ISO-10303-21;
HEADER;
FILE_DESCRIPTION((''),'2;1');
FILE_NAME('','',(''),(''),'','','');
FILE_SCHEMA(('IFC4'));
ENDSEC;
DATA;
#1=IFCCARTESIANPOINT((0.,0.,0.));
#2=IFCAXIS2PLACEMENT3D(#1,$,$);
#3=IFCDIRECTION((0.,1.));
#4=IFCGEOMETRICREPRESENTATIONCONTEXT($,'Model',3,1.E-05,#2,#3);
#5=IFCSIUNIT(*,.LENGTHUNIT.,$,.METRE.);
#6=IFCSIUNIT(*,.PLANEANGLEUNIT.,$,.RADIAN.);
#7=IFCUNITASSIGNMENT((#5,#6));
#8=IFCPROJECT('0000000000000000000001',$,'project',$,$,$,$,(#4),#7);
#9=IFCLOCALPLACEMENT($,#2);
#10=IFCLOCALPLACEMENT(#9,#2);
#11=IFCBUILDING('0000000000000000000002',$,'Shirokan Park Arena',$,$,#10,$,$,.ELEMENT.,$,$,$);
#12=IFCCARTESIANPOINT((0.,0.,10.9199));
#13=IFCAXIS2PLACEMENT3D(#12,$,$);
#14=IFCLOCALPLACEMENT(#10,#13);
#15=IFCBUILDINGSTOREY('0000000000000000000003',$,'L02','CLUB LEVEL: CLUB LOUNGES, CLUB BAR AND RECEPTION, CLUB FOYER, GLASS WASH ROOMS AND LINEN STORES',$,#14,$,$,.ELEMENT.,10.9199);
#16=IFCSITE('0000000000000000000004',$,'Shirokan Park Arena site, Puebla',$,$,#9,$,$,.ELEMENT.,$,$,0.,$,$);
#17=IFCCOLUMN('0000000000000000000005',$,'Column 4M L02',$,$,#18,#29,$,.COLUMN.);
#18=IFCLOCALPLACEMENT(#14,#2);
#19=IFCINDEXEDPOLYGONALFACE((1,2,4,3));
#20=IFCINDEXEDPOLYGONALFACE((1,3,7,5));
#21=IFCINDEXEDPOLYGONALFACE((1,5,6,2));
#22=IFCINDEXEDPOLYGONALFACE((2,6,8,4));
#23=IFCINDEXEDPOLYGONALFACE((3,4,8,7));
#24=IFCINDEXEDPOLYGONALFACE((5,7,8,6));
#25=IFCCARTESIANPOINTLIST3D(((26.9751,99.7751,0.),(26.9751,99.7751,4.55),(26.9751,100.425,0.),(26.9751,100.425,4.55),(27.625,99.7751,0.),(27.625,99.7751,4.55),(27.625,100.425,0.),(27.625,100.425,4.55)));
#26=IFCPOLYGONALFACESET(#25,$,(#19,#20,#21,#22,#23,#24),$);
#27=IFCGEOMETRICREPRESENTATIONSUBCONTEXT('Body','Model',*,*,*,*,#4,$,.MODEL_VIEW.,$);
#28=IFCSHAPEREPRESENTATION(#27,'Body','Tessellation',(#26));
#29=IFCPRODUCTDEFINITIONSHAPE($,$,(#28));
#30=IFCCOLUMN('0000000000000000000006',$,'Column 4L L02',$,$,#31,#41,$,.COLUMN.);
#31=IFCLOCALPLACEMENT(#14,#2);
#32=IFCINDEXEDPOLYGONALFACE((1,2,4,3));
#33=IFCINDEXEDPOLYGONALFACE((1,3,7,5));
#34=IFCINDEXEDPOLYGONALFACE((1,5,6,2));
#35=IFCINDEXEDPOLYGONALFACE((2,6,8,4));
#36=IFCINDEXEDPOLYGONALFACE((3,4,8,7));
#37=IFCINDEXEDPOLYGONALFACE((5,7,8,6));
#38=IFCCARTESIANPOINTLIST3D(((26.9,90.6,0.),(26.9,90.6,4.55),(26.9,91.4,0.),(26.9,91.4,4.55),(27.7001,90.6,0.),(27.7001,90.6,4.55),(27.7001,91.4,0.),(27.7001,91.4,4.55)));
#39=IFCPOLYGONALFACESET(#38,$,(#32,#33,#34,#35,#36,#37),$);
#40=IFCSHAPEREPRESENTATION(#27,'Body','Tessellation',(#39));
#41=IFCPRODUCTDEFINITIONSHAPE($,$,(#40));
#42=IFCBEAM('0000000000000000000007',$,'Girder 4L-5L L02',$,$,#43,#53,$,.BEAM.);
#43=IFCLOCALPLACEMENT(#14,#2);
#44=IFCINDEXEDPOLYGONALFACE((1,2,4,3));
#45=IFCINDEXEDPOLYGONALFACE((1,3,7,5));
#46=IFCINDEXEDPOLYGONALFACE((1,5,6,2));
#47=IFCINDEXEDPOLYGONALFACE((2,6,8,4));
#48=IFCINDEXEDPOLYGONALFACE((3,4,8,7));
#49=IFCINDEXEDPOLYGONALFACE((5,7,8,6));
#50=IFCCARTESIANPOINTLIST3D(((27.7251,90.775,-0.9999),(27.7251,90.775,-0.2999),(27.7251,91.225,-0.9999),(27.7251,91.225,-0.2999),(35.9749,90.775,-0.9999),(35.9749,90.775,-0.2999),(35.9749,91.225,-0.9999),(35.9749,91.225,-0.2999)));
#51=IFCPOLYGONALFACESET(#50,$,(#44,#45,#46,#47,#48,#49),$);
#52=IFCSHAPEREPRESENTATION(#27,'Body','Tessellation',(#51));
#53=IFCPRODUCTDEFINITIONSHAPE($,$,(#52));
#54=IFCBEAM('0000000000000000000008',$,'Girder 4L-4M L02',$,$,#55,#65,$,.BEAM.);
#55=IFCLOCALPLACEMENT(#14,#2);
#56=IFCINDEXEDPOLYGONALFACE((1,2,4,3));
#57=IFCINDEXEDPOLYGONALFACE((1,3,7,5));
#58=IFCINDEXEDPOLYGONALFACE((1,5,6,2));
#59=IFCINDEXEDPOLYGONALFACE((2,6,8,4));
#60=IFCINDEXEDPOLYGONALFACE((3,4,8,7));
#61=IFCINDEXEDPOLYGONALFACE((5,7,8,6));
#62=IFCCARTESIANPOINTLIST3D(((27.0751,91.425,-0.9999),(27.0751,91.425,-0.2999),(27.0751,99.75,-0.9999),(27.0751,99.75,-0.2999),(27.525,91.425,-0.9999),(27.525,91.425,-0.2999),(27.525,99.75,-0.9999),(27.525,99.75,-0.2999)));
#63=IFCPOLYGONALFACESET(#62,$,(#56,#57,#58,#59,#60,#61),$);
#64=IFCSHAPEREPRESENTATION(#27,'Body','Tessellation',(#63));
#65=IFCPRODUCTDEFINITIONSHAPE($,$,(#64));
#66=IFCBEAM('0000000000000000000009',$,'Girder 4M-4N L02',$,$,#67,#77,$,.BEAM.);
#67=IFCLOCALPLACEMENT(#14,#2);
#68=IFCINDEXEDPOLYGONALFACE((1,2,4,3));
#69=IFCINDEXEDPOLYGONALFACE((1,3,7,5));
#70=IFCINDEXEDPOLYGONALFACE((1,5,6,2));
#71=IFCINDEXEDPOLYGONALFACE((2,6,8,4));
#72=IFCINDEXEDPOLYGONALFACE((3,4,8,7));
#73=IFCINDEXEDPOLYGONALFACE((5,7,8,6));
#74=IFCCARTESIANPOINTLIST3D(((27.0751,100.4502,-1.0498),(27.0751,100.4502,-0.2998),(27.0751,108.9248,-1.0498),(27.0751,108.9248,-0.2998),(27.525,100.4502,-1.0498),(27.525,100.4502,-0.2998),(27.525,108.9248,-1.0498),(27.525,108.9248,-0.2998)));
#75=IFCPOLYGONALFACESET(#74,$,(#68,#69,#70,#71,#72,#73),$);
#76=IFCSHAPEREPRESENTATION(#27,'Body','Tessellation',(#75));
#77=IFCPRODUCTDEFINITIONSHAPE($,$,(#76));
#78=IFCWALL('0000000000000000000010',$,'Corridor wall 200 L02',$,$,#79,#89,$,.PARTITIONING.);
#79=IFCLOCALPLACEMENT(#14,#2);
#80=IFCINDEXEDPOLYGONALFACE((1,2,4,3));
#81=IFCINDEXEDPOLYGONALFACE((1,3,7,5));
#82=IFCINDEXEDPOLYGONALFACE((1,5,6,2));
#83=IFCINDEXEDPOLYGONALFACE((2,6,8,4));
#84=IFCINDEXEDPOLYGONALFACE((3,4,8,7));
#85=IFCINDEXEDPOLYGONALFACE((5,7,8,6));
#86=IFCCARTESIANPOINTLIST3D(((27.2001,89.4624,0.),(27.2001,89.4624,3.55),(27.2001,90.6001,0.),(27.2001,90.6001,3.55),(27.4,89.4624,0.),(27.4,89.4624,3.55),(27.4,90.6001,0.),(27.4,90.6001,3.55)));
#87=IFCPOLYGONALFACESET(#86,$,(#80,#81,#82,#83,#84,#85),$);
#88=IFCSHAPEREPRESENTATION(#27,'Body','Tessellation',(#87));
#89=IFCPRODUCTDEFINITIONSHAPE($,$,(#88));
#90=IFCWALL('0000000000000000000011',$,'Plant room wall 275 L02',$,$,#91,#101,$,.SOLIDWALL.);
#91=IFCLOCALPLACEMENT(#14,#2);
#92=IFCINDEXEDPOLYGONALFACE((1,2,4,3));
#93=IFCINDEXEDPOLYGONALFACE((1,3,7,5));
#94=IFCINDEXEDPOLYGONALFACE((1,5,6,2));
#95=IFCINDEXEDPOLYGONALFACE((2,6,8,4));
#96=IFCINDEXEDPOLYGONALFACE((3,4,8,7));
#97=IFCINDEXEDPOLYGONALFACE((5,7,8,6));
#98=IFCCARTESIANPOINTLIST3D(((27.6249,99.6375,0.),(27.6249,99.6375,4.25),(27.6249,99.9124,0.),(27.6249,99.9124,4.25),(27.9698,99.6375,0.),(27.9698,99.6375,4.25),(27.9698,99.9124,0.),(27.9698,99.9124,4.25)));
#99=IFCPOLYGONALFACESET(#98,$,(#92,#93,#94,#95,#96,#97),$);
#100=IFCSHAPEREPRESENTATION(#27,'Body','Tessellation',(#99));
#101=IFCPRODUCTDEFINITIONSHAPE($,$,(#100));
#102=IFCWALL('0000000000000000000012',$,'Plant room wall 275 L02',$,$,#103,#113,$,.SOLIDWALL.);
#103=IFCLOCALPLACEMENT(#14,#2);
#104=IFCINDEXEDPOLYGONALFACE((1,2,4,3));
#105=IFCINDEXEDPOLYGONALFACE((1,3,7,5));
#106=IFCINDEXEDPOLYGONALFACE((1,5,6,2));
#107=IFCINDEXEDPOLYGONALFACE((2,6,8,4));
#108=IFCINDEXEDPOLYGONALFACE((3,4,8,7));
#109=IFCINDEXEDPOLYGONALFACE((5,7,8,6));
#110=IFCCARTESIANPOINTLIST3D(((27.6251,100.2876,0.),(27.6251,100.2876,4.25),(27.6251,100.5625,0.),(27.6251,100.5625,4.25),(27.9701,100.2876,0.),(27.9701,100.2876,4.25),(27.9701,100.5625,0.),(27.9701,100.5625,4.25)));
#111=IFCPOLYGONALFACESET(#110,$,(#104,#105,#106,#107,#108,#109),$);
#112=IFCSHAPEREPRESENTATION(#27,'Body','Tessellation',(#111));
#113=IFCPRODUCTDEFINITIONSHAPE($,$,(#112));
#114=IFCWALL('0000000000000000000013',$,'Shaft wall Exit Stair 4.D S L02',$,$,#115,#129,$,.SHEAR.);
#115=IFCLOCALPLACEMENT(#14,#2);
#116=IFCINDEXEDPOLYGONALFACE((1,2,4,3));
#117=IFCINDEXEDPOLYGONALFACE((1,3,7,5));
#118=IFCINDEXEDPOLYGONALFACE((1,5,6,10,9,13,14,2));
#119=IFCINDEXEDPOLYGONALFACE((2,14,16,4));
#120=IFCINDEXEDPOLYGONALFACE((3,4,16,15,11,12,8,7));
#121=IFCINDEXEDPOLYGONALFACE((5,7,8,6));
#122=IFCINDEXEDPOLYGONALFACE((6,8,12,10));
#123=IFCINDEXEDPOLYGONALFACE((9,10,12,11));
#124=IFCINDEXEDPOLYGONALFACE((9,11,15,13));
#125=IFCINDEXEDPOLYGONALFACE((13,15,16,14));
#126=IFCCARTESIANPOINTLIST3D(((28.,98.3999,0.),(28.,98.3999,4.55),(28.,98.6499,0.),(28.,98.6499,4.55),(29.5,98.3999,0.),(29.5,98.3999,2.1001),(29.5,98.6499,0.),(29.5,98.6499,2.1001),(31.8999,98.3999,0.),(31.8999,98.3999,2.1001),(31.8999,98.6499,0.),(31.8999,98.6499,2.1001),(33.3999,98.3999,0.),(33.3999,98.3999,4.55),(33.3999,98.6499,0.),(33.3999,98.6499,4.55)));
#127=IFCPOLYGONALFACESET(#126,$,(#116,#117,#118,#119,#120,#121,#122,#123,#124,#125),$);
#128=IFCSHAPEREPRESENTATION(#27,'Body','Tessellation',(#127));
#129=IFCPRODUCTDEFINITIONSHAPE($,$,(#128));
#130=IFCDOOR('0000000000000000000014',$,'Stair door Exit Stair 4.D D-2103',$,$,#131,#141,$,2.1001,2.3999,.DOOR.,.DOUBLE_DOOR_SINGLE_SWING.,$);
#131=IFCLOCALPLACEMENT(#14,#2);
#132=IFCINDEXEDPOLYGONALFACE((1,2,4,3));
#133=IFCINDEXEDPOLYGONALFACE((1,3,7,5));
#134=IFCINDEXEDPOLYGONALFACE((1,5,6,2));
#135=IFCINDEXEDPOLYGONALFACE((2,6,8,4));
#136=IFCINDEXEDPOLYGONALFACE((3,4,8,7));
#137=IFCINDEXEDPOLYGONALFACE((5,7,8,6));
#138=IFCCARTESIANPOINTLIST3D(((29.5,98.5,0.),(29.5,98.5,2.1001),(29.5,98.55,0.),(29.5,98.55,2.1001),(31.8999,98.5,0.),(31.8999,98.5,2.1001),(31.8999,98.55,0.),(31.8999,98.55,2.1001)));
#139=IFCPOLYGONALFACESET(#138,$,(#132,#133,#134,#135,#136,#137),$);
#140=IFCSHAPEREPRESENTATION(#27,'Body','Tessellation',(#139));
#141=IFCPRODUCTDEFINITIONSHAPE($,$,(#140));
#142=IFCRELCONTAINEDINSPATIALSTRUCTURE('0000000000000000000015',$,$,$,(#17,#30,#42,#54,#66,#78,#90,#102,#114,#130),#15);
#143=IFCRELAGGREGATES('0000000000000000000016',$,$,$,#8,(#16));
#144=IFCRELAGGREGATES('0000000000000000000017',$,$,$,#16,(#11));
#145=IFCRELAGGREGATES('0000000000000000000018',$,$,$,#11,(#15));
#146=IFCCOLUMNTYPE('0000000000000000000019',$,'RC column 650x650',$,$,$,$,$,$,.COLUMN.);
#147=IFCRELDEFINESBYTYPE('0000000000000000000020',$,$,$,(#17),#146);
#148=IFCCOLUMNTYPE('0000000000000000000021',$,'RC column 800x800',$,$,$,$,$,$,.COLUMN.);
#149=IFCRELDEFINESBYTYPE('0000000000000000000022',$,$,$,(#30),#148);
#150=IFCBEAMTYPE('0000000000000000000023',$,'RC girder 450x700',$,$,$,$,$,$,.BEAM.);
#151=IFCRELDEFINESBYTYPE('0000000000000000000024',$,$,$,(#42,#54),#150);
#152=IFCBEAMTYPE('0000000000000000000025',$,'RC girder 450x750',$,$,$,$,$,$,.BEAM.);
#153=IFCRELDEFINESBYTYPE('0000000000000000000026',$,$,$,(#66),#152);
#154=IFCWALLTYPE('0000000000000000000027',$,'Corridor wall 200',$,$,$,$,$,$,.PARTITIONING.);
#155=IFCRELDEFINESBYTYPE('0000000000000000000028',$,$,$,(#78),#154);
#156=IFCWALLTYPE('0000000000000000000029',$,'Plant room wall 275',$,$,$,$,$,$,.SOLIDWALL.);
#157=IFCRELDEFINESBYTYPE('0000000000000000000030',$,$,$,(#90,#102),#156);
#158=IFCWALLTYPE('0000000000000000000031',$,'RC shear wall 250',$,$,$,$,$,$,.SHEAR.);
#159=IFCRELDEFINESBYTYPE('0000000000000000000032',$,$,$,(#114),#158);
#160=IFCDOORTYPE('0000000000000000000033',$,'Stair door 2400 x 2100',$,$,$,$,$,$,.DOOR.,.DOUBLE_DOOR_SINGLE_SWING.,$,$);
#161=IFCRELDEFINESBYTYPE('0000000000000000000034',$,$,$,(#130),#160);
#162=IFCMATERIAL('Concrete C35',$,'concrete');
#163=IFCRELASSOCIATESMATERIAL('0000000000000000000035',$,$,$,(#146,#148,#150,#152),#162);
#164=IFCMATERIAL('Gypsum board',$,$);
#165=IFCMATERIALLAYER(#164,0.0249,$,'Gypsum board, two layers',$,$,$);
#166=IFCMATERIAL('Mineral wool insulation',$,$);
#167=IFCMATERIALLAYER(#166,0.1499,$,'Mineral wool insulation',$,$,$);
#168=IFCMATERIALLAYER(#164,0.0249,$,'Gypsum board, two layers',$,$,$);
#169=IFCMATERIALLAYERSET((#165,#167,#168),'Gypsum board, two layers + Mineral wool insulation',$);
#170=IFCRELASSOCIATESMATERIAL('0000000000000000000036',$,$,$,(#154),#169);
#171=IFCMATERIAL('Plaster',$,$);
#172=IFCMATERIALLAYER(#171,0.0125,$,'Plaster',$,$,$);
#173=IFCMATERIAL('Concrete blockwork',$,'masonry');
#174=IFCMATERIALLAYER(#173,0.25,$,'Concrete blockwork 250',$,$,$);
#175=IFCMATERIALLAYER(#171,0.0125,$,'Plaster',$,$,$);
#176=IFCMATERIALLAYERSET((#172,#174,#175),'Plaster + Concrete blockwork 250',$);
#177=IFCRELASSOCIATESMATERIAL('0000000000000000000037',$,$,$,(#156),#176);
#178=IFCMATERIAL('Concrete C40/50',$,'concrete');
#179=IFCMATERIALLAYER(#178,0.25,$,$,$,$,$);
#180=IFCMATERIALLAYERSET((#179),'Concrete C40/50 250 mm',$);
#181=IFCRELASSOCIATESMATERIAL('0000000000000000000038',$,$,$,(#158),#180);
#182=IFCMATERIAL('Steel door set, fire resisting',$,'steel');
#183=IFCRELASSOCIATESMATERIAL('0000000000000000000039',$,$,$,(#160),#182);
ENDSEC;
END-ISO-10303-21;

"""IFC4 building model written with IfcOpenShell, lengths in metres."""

from ifc_helpers import new_model, si_unit, direction, frame, frame_2d, origin, origin_2d, place, context, subcontext, project, spatial, rectangle, extrude, material, layer, layer_set, material_profile, profile_set, type_object, element, fill, save


model = new_model("IFC4")

# Units and contexts
model_context = context("Model", 3, precision=1e-05, world=origin(), true_north=direction((0.0, 1.0)))
body_context = subcontext(model_context, "Body", "Model", "MODEL_VIEW")
ifc_project = project(units=[si_unit("LENGTHUNIT", "METRE"), si_unit("PLANEANGLEUNIT", "RADIAN")], contexts=[model_context])

# Site, building, storey
site_placement = place(None, origin())
site = spatial("IfcSite", under=ifc_project, at=site_placement, Name="Shirokan Park Arena site, Puebla", CompositionType="ELEMENT", RefElevation=0.0)
building_placement = place(site_placement, origin())
building = spatial("IfcBuilding", under=site, at=building_placement, Name="Shirokan Park Arena", CompositionType="ELEMENT")
storey_placement = place(building_placement, frame((0.0, 0.0, 10.9199)))
storey = spatial("IfcBuildingStorey", under=building, at=storey_placement, Name="L02", Description="CLUB LEVEL: CLUB LOUNGES, CLUB BAR AND RECEPTION, CLUB FOYER, GLASS WASH ROOMS AND LINEN STORES", CompositionType="ELEMENT", Elevation=10.9199)

# Columns
ifc_material_1 = material(Name="Concrete C35", Category="concrete")
ifc_material_profile_1 = material_profile(ifc_material_1, rectangle(XDim=0.6499, YDim=0.6499, at=origin_2d()), Name="650x650")
ifc_profile_set_1 = profile_set([ifc_material_profile_1], Name="Concrete C35")
column_type_1 = type_object("IfcColumnType", Name="RC column 650x650", PredefinedType="COLUMN", material=ifc_profile_set_1)
column_1_placement = place(storey_placement, frame((27.3, 100.1001, 0.0), z_axis=(0.0, 0.0, 1.0), x_axis=(1.0, 0.0, 0.0)))
element("IfcColumn", 1, at=column_1_placement, inside=storey, type_object=column_type_1, Name="Column 4M L02", PredefinedType="COLUMN", context=body_context, shape_type="SweptSolid", body=[
    extrude(rectangle(XDim=0.6499, YDim=0.6499, at=origin_2d()), origin(), (0.0, 0.0, 1.0), 4.55),
])
ifc_material_profile_2 = material_profile(ifc_material_1, rectangle(XDim=0.8, YDim=0.8, at=origin_2d()), Name="800x800")
ifc_profile_set_2 = profile_set([ifc_material_profile_2], Name="Concrete C35")
column_type_2 = type_object("IfcColumnType", Name="RC column 800x800", PredefinedType="COLUMN", material=ifc_profile_set_2)
column_2_placement = place(storey_placement, frame((27.3, 91.0, 0.0), z_axis=(0.0, 0.0, 1.0), x_axis=(1.0, 0.0, 0.0)))
element("IfcColumn", 2, at=column_2_placement, inside=storey, type_object=column_type_2, Name="Column 4L L02", PredefinedType="COLUMN", context=body_context, shape_type="SweptSolid", body=[
    extrude(rectangle(XDim=0.8, YDim=0.8, at=origin_2d()), origin(), (0.0, 0.0, 1.0), 4.55),
])

# Beams
ifc_material_profile_3 = material_profile(ifc_material_1, rectangle(XDim=0.45, YDim=0.7, at=origin_2d()), Name="450x700")
ifc_profile_set_3 = profile_set([ifc_material_profile_3], Name="Concrete C35")
beam_type_1 = type_object("IfcBeamType", Name="RC girder 450x700", PredefinedType="BEAM", material=ifc_profile_set_3)
beam_1_placement = place(storey_placement, frame((27.7251, 91.0, -0.6499), z_axis=(1.0, 0.0, 0.0), x_axis=(0.0, 1.0, 0.0)))
element("IfcBeam", 3, at=beam_1_placement, inside=storey, type_object=beam_type_1, Name="Girder 4L-5L L02", PredefinedType="BEAM", context=body_context, shape_type="SweptSolid", body=[
    extrude(rectangle(XDim=0.45, YDim=0.7, at=origin_2d()), origin(), (0.0, 0.0, 1.0), 8.2498),
])
beam_2_placement = place(storey_placement, frame((27.3, 91.425, -0.6499), z_axis=(0.0, 1.0, 0.0), x_axis=(-1.0, 0.0, 0.0)))
element("IfcBeam", 4, at=beam_2_placement, inside=storey, type_object=beam_type_1, Name="Girder 4L-4M L02", PredefinedType="BEAM", context=body_context, shape_type="SweptSolid", body=[
    extrude(rectangle(XDim=0.45, YDim=0.7, at=origin_2d()), origin(), (0.0, 0.0, 1.0), 8.325),
])
ifc_material_profile_4 = material_profile(ifc_material_1, rectangle(XDim=0.45, YDim=0.75, at=origin_2d()), Name="450x750")
ifc_profile_set_4 = profile_set([ifc_material_profile_4], Name="Concrete C35")
beam_type_2 = type_object("IfcBeamType", Name="RC girder 450x750", PredefinedType="BEAM", material=ifc_profile_set_4)
beam_3_placement = place(storey_placement, frame((27.3, 100.4502, -0.6748), z_axis=(0.0, 1.0, 0.0), x_axis=(-1.0, 0.0, 0.0)))
element("IfcBeam", 5, at=beam_3_placement, inside=storey, type_object=beam_type_2, Name="Girder 4M-4N L02", PredefinedType="BEAM", context=body_context, shape_type="SweptSolid", body=[
    extrude(rectangle(XDim=0.45, YDim=0.75, at=origin_2d()), origin(), (0.0, 0.0, 1.0), 8.4746),
])

# Wall
ifc_material_2 = material(Name="Gypsum board")
ifc_layer_1 = layer(ifc_material_2, 0.0249, Name="Gypsum board, two layers")
ifc_material_3 = material(Name="Mineral wool insulation")
ifc_layer_2 = layer(ifc_material_3, 0.1499, Name="Mineral wool insulation")
ifc_layer_3 = layer(ifc_material_2, 0.0249, Name="Gypsum board, two layers")
ifc_layer_set_1 = layer_set([ifc_layer_1, ifc_layer_2, ifc_layer_3], Name="Gypsum board, two layers + Mineral wool insulation")
wall_type_1 = type_object("IfcWallType", Name="Corridor wall 200", PredefinedType="PARTITIONING", material=ifc_layer_set_1)
wall_1_placement = place(storey_placement, frame((27.3, 90.6001, 0.0), z_axis=(0.0, 0.0, 1.0), x_axis=(0.0, -1.0, 0.0)))
element("IfcWall", 6, at=wall_1_placement, inside=storey, type_object=wall_type_1, Name="Corridor wall 200 L02", PredefinedType="PARTITIONING", context=body_context, shape_type="SweptSolid", body=[
    extrude(rectangle(XDim=1.1377, YDim=0.2, at=frame_2d((0.5688, 0.0))), origin(), (0.0, 0.0, 1.0), 3.55),
])

# Shared definitions
ifc_material_4 = material(Name="Plaster")
ifc_layer_4 = layer(ifc_material_4, 0.0125, Name="Plaster")
ifc_material_5 = material(Name="Concrete blockwork", Category="masonry")
ifc_layer_5 = layer(ifc_material_5, 0.25, Name="Concrete blockwork 250")
ifc_layer_6 = layer(ifc_material_4, 0.0125, Name="Plaster")
ifc_layer_set_2 = layer_set([ifc_layer_4, ifc_layer_5, ifc_layer_6], Name="Plaster + Concrete blockwork 250")
wall_type_2 = type_object("IfcWallType", Name="Plant room wall 275", PredefinedType="SOLIDWALL", material=ifc_layer_set_2)

# Walls
for number, where, z_axis, x_axis, name in (
    (7, (27.625, 99.7749, 0.0), (0.0, 0.0, 1.0), (1.0, 0.0, 0.0), "Plant room wall 275 L02"),
    (8, (27.97, 100.425, 0.0), (0.0, 0.0, 1.0), (-1.0, 0.0, 0.0), "Plant room wall 275 L02"),
):
    element("IfcWall", number, at=place(storey_placement, frame(where, z_axis=z_axis, x_axis=x_axis)), inside=storey, type_object=wall_type_2, Name=name, PredefinedType="SOLIDWALL", context=body_context, shape_type="SweptSolid", body=[
        extrude(rectangle(XDim=0.345, YDim=0.2749, at=frame_2d((0.1724, 0.0))), origin(), (0.0, 0.0, 1.0), 4.25),
    ])

# Wall, opening, door
ifc_material_6 = material(Name="Concrete C40/50", Category="concrete")
ifc_layer_7 = layer(ifc_material_6, 0.25)
ifc_layer_set_3 = layer_set([ifc_layer_7], Name="Concrete C40/50 250 mm")
wall_type_3 = type_object("IfcWallType", Name="RC shear wall 250", PredefinedType="SHEAR", material=ifc_layer_set_3)
wall_2_placement = place(storey_placement, frame((33.3999, 98.5249, 0.0), z_axis=(0.0, 0.0, 1.0), x_axis=(-1.0, 0.0, 0.0)))
wall_2 = element("IfcWall", 9, at=wall_2_placement, inside=storey, type_object=wall_type_3, Name="Shaft wall Exit Stair 4.D S L02", PredefinedType="SHEAR", context=body_context, shape_type="SweptSolid", body=[
    extrude(rectangle(XDim=5.3999, YDim=0.25, at=frame_2d((2.7, 0.0))), origin(), (0.0, 0.0, 1.0), 4.55),
])
opening_1_placement = place(wall_2_placement, frame((1.5, 0.0, 0.0)))
opening_1 = element("IfcOpeningElement", 10, at=opening_1_placement, cuts=wall_2, PredefinedType="OPENING", context=body_context, shape_type="SweptSolid", body=[
    extrude(rectangle(XDim=2.3999, YDim=2.1001, at=frame_2d((1.2, 1.05))), frame((0.0, 0.135, 0.0), z_axis=(0.0, -1.0, 0.0), x_axis=(1.0, 0.0, 0.0)), (0.0, 0.0, 1.0), 0.27),
])
ifc_material_7 = material(Name="Steel door set, fire resisting", Category="steel")
door_type_1 = type_object("IfcDoorType", Name="Stair door 2400 x 2100", OperationType="DOUBLE_DOOR_SINGLE_SWING", PredefinedType="DOOR", material=ifc_material_7)
door_1_placement = place(opening_1_placement, origin())
door_1 = element("IfcDoor", 11, at=door_1_placement, inside=storey, type_object=door_type_1, Name="Stair door Exit Stair 4.D D-2103", OperationType="DOUBLE_DOOR_SINGLE_SWING", OverallHeight=2.1001, OverallWidth=2.3999, PredefinedType="DOOR", context=body_context, shape_type="SweptSolid", body=[
    extrude(rectangle(XDim=2.3999, YDim=2.1001, at=frame_2d((1.2, 1.05))), frame((0.0, 0.0249, 0.0), z_axis=(0.0, -1.0, 0.0), x_axis=(1.0, 0.0, 0.0)), (0.0, 0.0, 1.0), 0.05),
])
fill(opening_1, door_1)

save(model, "model.ifc")
